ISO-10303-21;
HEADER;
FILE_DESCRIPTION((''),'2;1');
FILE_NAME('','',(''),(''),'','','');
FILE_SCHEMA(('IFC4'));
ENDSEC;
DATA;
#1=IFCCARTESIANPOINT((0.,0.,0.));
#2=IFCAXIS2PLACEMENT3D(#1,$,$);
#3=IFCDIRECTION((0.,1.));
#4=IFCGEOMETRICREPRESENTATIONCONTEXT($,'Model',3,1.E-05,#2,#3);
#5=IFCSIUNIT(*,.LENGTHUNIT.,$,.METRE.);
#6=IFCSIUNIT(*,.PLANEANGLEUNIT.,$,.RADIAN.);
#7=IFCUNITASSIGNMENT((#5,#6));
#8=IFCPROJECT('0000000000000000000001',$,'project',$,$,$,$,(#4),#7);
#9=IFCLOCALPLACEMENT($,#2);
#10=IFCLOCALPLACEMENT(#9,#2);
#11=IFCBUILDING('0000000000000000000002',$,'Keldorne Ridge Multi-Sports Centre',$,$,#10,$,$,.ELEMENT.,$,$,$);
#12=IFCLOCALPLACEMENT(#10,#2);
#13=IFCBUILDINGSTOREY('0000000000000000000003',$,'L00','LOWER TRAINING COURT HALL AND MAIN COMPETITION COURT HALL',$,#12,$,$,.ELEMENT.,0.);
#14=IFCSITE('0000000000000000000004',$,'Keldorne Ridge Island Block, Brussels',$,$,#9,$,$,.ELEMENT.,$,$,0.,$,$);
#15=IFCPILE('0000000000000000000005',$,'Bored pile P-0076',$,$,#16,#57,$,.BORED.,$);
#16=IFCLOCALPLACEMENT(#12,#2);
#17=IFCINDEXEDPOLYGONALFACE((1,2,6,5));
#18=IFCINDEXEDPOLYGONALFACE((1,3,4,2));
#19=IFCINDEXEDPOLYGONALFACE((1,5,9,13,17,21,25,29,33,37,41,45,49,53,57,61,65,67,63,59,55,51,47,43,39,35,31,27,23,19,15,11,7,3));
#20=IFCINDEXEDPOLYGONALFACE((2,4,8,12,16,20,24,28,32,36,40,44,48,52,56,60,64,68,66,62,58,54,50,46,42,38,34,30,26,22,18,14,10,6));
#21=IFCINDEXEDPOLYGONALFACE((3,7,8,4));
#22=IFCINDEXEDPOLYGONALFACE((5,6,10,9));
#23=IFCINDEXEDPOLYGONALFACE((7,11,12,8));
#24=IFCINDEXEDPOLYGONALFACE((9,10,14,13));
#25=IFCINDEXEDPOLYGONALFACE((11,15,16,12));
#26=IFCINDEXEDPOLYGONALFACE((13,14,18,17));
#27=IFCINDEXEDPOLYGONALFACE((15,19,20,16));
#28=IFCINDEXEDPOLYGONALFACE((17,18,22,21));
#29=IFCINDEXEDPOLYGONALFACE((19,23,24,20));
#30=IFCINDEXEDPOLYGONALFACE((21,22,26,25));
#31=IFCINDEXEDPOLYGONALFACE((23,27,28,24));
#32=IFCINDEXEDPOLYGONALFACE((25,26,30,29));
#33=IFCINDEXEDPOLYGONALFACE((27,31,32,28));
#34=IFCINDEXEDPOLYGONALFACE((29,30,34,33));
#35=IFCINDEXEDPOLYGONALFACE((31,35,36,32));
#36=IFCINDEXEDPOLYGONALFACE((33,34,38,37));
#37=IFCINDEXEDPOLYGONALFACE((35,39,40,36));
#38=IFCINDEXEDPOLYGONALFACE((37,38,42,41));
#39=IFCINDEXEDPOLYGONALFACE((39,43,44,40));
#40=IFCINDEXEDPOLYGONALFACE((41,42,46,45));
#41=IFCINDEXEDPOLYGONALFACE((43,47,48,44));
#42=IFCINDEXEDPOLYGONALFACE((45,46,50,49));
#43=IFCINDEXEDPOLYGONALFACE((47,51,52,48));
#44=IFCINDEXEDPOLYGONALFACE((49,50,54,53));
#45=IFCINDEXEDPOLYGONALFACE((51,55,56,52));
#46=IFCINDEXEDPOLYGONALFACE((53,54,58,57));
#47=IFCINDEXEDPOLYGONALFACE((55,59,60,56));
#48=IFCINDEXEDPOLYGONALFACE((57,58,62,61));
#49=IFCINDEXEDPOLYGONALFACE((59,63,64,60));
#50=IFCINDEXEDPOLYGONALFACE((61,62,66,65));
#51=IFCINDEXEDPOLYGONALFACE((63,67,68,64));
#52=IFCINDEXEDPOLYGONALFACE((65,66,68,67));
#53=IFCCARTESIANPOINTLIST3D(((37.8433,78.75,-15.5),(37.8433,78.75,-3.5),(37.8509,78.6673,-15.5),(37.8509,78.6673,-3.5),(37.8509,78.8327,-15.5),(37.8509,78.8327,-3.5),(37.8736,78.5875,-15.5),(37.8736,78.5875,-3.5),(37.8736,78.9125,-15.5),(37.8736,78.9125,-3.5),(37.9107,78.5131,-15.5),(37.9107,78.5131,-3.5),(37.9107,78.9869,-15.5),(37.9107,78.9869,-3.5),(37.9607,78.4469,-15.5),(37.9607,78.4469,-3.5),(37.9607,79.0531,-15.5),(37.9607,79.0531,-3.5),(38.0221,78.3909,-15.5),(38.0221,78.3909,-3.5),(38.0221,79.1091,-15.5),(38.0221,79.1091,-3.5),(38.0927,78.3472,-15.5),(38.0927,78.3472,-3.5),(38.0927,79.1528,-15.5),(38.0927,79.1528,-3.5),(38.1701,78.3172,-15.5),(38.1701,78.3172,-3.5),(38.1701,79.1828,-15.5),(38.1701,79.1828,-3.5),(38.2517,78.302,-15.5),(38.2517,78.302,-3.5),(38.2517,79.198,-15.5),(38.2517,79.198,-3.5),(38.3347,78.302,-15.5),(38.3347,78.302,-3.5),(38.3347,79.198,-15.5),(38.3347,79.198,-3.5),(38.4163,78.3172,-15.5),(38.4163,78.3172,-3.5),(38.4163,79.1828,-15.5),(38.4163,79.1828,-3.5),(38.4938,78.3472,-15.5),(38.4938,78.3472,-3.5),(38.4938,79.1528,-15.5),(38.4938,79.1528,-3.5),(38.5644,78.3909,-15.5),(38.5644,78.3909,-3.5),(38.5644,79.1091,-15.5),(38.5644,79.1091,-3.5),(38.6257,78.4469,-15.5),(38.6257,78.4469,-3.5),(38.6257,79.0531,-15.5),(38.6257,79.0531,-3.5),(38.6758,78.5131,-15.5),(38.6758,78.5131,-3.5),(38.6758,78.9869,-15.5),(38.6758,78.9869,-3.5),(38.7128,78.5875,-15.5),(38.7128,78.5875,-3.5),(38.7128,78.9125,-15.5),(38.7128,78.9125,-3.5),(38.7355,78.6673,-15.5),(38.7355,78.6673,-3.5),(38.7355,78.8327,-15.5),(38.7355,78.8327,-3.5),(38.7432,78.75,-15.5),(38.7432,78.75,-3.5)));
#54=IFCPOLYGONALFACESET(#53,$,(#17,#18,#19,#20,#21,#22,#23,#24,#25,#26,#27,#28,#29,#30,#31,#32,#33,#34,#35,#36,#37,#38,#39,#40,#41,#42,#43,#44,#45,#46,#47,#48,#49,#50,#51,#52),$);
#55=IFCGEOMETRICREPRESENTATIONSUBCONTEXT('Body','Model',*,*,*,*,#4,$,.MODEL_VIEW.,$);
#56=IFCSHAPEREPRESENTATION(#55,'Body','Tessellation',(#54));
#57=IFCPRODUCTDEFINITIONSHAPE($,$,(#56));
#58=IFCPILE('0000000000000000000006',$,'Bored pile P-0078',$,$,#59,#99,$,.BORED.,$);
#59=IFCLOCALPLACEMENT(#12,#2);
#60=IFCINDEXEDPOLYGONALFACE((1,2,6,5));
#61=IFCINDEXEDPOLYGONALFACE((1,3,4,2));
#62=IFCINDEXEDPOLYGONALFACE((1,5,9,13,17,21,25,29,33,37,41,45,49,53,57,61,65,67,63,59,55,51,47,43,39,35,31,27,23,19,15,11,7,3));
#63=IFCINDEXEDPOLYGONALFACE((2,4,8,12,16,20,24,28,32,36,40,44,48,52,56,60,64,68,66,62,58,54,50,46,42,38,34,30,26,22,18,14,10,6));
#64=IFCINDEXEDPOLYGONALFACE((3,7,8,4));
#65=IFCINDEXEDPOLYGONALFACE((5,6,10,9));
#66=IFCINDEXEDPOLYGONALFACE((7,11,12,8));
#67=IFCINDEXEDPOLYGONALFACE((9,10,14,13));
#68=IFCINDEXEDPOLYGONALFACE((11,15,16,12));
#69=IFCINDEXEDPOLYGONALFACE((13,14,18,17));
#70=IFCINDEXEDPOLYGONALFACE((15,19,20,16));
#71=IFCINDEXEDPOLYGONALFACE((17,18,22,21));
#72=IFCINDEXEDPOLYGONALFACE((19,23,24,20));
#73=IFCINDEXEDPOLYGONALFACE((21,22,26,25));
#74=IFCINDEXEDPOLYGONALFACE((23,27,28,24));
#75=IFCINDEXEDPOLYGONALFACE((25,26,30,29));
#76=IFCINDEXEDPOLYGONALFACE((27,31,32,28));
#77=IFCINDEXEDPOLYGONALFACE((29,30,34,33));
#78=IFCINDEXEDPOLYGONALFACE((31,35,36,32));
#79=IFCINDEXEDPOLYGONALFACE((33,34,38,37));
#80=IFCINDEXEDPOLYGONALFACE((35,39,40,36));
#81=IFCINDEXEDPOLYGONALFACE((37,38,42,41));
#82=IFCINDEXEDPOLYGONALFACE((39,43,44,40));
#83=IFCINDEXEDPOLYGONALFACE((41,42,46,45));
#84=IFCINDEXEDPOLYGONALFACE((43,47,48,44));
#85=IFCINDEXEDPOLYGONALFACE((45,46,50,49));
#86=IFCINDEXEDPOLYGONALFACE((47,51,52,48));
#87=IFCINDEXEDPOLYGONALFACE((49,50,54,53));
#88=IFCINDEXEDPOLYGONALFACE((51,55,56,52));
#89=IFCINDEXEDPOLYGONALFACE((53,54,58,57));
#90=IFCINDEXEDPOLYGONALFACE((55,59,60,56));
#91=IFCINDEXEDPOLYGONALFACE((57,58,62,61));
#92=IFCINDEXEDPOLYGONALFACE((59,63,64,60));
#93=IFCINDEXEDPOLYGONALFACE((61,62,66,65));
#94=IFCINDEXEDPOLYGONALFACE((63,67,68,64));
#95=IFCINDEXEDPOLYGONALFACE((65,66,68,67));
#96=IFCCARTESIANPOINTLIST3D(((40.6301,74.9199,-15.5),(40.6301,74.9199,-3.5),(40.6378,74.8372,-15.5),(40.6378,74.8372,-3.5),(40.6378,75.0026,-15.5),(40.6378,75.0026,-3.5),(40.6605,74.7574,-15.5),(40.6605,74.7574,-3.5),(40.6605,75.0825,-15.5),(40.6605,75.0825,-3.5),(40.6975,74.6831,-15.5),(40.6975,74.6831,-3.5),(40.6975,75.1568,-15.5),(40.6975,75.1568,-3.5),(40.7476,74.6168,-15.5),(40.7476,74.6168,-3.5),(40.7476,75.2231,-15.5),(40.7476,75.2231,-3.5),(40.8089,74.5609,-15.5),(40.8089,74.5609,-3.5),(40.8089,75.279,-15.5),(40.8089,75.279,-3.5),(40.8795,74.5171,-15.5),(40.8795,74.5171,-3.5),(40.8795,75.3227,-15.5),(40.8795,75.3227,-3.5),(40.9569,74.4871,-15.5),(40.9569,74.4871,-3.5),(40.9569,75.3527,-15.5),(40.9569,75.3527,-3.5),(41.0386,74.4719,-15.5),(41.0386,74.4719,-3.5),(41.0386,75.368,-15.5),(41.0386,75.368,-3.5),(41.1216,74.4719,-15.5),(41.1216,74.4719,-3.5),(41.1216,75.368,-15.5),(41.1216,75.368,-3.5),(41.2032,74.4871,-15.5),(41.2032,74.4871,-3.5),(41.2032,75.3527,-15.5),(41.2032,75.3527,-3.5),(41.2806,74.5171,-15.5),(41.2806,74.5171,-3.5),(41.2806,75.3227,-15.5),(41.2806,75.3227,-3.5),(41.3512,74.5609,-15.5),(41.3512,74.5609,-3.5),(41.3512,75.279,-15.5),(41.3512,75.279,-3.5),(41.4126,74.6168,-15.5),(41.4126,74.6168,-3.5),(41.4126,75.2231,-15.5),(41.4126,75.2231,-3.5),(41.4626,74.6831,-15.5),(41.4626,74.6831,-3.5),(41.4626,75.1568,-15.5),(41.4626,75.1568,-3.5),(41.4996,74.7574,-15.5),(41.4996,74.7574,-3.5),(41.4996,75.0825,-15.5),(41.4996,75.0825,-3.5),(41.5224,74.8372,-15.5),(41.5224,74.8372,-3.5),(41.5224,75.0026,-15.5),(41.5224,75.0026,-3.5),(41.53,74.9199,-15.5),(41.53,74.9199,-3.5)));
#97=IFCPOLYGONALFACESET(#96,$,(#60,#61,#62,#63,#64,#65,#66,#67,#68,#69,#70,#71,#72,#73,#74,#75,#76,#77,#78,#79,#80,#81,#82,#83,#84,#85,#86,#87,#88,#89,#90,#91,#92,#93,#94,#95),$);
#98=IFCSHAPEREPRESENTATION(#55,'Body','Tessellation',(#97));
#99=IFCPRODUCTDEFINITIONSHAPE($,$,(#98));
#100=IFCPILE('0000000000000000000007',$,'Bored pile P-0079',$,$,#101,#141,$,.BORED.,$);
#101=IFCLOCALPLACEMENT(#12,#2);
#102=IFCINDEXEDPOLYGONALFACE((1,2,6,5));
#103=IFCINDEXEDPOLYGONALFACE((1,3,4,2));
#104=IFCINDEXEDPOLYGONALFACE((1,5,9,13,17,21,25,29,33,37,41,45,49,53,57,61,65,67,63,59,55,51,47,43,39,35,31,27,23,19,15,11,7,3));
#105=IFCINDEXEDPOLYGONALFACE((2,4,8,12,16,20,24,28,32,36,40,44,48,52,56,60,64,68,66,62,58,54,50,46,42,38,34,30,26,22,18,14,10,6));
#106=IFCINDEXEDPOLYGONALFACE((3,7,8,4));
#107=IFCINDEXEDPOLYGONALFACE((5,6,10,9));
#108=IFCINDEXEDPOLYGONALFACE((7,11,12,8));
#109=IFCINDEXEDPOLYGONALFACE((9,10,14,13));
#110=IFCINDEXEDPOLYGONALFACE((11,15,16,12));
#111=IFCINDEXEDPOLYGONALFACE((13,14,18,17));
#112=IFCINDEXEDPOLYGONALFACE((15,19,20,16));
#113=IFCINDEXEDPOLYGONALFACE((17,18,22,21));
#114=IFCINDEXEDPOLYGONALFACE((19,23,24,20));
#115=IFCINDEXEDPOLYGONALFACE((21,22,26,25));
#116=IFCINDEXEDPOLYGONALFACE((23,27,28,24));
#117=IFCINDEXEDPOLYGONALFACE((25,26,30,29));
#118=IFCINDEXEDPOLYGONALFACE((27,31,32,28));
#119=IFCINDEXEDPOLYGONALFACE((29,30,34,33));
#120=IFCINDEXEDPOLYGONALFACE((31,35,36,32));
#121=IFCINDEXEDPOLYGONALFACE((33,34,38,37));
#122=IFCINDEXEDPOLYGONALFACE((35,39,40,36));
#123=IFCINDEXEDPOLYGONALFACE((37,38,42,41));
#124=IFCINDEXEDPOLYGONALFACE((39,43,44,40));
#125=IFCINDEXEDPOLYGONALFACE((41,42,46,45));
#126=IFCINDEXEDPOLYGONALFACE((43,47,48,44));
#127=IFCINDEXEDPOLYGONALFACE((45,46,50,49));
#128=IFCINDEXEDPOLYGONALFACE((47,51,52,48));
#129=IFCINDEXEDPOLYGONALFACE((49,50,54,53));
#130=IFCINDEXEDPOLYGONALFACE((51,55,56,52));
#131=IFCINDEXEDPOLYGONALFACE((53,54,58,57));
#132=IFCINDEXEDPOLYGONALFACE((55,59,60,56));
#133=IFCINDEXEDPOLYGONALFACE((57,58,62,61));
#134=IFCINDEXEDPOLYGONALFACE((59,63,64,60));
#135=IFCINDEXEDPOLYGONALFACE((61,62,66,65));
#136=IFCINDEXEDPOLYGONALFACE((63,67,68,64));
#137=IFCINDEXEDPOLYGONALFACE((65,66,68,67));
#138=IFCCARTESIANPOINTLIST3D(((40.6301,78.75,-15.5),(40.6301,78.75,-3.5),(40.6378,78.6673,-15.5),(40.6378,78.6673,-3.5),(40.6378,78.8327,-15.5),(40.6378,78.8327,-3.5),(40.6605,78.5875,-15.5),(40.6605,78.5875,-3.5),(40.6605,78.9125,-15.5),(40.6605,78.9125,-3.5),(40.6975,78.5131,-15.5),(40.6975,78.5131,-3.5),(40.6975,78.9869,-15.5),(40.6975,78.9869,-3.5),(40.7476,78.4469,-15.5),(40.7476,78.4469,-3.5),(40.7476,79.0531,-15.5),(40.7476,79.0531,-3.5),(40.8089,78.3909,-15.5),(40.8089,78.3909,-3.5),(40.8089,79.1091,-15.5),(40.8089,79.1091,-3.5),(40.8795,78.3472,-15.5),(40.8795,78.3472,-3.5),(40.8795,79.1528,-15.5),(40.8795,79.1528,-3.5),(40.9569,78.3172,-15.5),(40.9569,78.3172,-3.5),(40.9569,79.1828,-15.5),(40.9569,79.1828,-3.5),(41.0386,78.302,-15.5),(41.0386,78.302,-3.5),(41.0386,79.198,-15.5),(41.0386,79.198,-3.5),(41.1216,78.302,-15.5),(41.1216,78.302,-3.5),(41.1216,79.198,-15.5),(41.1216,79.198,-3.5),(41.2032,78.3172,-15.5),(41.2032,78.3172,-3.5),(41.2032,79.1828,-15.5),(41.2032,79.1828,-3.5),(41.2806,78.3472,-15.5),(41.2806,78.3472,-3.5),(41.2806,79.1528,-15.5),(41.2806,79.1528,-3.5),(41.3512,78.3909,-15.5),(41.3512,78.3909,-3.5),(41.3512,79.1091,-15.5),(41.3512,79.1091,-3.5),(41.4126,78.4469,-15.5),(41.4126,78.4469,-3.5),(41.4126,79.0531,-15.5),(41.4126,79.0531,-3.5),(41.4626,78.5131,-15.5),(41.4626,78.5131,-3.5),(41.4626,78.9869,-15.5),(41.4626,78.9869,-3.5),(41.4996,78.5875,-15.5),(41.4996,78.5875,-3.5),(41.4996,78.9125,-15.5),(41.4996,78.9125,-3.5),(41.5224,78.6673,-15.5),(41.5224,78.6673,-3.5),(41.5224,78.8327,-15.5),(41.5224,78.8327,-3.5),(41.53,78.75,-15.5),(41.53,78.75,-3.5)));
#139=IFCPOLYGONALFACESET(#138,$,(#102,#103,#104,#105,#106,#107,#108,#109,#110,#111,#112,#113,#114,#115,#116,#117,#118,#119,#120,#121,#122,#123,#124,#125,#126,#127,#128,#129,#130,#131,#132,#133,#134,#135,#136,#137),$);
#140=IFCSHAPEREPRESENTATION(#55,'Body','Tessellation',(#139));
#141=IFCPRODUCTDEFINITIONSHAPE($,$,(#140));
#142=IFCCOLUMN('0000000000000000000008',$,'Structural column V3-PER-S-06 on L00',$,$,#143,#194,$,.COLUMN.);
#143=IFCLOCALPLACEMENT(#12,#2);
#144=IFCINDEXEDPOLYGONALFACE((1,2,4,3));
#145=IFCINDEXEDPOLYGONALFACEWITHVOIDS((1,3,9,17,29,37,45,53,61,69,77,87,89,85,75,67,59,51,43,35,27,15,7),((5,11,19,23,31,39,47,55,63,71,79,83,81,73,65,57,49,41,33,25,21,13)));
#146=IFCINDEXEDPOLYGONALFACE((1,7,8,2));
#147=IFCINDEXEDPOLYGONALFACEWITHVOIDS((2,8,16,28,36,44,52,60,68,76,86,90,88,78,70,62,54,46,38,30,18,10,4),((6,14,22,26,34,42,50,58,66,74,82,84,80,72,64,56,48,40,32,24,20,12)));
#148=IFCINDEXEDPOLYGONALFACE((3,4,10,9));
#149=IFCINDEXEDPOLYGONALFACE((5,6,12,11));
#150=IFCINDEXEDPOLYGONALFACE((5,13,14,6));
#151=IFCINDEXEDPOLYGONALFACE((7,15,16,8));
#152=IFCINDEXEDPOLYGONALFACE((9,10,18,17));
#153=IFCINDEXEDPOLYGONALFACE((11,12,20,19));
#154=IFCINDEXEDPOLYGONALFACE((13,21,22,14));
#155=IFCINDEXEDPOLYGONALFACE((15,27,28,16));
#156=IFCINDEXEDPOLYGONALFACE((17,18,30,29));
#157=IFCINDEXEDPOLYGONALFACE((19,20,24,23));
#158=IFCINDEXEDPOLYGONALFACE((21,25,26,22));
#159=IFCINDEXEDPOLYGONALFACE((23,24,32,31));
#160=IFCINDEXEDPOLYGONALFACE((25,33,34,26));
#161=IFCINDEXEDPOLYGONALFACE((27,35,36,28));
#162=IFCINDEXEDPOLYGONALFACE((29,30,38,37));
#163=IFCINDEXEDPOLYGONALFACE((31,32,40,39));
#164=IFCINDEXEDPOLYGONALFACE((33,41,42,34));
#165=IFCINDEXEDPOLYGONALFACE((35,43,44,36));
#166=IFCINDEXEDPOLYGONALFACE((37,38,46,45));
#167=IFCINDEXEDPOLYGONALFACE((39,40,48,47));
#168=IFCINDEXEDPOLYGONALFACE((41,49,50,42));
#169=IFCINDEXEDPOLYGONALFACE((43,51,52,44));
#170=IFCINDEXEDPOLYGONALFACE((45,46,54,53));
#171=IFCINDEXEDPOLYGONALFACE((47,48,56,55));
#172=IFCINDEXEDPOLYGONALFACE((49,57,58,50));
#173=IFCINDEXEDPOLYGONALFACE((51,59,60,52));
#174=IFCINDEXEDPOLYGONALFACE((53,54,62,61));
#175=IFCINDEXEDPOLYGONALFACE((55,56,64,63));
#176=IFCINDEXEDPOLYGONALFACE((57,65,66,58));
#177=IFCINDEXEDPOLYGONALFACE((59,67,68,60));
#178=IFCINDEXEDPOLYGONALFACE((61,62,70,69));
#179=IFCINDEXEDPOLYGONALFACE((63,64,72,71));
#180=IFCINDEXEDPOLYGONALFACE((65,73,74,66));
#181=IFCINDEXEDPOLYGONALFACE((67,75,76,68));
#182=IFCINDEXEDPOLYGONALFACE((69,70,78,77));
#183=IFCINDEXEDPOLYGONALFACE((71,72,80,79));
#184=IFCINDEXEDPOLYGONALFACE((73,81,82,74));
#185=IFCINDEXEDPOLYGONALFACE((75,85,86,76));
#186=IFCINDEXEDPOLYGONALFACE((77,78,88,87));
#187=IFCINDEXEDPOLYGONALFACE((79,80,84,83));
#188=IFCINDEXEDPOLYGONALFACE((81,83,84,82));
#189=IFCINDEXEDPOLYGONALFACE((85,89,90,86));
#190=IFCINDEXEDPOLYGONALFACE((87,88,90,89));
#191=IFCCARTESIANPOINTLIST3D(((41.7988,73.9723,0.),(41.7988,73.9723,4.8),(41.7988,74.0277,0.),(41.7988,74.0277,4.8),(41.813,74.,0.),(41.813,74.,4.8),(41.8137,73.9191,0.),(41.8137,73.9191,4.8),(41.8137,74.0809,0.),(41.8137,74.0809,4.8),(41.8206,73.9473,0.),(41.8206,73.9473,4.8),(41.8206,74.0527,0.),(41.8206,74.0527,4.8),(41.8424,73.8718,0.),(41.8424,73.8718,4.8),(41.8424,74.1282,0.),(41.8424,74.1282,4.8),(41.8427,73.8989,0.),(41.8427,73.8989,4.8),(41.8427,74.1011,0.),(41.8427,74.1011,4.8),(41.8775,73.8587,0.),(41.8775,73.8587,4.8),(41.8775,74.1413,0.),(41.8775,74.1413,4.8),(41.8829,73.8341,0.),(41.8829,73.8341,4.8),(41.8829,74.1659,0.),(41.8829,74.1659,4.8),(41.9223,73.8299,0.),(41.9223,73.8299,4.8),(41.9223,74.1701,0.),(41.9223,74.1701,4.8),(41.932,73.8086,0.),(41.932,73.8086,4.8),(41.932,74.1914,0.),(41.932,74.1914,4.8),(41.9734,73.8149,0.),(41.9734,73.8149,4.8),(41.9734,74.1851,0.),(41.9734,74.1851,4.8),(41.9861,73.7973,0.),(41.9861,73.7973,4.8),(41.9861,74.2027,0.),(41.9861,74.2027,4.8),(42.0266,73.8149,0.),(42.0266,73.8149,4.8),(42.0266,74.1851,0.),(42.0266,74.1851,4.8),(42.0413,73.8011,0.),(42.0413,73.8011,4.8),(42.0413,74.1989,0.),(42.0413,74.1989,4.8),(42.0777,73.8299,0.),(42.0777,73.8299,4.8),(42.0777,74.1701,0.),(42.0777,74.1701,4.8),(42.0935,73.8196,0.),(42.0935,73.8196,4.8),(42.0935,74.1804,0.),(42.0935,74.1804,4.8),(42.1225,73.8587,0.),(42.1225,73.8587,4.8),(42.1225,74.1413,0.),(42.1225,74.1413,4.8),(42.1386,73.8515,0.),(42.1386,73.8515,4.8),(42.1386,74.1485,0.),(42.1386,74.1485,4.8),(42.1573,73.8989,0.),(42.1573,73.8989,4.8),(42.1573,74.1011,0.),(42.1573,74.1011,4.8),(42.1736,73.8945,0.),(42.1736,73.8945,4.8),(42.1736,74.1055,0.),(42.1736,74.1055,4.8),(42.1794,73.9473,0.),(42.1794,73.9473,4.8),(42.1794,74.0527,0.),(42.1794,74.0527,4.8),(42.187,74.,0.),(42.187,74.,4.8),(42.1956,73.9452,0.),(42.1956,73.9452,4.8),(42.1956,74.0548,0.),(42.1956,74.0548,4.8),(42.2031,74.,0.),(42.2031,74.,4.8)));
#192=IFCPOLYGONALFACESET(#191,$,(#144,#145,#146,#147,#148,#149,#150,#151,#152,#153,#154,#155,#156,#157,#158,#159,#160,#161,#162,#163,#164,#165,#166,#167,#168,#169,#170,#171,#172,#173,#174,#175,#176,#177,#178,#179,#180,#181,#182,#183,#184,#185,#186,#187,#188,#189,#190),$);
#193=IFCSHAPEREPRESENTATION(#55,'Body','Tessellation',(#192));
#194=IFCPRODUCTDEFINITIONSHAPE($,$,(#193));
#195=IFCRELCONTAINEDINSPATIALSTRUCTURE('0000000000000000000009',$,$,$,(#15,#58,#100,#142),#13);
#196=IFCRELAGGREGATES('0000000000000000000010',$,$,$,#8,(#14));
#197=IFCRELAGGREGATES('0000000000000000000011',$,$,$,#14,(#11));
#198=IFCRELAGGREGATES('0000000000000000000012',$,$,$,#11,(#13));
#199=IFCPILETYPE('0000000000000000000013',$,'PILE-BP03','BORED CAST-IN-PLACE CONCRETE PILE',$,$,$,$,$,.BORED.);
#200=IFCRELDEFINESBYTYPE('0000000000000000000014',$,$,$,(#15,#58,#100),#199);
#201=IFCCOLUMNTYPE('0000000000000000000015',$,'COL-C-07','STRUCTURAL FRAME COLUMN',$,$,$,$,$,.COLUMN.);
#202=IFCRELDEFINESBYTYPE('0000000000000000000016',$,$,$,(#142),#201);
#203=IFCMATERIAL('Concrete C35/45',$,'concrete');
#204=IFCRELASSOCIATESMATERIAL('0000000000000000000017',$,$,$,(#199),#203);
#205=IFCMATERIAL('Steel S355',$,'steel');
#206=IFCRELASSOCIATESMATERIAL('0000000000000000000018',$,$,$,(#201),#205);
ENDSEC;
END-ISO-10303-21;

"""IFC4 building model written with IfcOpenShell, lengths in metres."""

from ifc_helpers import new_model, si_unit, direction, frame, origin, origin_2d, place, context, subcontext, project, spatial, circle, hollow_circle, extrude, material, material_profile, profile_set, type_object, element, save


model = new_model("IFC4")

# Units and contexts
model_context = context("Model", 3, precision=1e-05, world=origin(), true_north=direction((0.0, 1.0)))
body_context = subcontext(model_context, "Body", "Model", "MODEL_VIEW")
ifc_project = project(units=[si_unit("LENGTHUNIT", "METRE"), si_unit("PLANEANGLEUNIT", "RADIAN")], contexts=[model_context])

# Site, building, storey
site_placement = place(None, origin())
site = spatial("IfcSite", under=ifc_project, at=site_placement, Name="Keldorne Ridge Island Block, Brussels", CompositionType="ELEMENT", RefElevation=0.0)
building_placement = place(site_placement, origin())
building = spatial("IfcBuilding", under=site, at=building_placement, Name="Keldorne Ridge Multi-Sports Centre", CompositionType="ELEMENT")
storey_placement = place(building_placement, origin())
storey = spatial("IfcBuildingStorey", under=building, at=storey_placement, Name="L00", Description="LOWER TRAINING COURT HALL AND MAIN COMPETITION COURT HALL", CompositionType="ELEMENT", Elevation=0.0)

# Shared definitions
ifc_material_1 = material(Name="Concrete C35/45", Category="concrete")

# Piles
ifc_material_profile_1 = material_profile(ifc_material_1, circle(Radius=0.45, at=origin_2d()), Name="BORED PILE D900")
ifc_profile_set_1 = profile_set([ifc_material_profile_1], Name="Concrete C35/45")
pile_type = type_object("IfcPileType", Name="PILE-BP03", Description="BORED CAST-IN-PLACE CONCRETE PILE", PredefinedType="BORED", material=ifc_profile_set_1)
for number, where, z_axis, x_axis, name in (
    (1, (38.2932, 78.75, -3.5), (0.0, 0.0, -1.0), (1.0, 0.0, 0.0), "Bored pile P-0076"),
    (2, (41.0801, 74.9199, -3.5), (0.0, 0.0, -1.0), (1.0, 0.0, 0.0), "Bored pile P-0078"),
    (3, (41.0801, 78.75, -3.5), (0.0, 0.0, -1.0), (1.0, 0.0, 0.0), "Bored pile P-0079"),
):
    element("IfcPile", number, at=place(storey_placement, frame(where, z_axis=z_axis, x_axis=x_axis)), inside=storey, type_object=pile_type, Name=name, PredefinedType="BORED", context=body_context, shape_type="SweptSolid", body=[
        extrude(circle(Radius=0.45, at=origin_2d()), origin(), (0.0, 0.0, 1.0), 12.0),
    ])

# Column
ifc_material_2 = material(Name="Steel S355", Category="steel")
ifc_material_profile_2 = material_profile(ifc_material_2, hollow_circle(Radius=0.2031, WallThickness=0.0161, at=origin_2d()), Name="CHS 406.4x16")
ifc_profile_set_2 = profile_set([ifc_material_profile_2], Name="Steel S355")
column_type_1 = type_object("IfcColumnType", Name="COL-C-07", Description="STRUCTURAL FRAME COLUMN", PredefinedType="COLUMN", material=ifc_profile_set_2)
column_placement = place(storey_placement, frame((42.0, 74.0, 0.0), z_axis=(0.0, 0.0, 1.0), x_axis=(1.0, 0.0, 0.0)))
element("IfcColumn", 4, at=column_placement, inside=storey, type_object=column_type_1, Name="Structural column V3-PER-S-06 on L00", PredefinedType="COLUMN", context=body_context, shape_type="SweptSolid", body=[
    extrude(hollow_circle(Radius=0.2031, WallThickness=0.0161, at=origin_2d()), origin(), (0.0, 0.0, 1.0), 4.8),
])

save(model, "model.ifc")
